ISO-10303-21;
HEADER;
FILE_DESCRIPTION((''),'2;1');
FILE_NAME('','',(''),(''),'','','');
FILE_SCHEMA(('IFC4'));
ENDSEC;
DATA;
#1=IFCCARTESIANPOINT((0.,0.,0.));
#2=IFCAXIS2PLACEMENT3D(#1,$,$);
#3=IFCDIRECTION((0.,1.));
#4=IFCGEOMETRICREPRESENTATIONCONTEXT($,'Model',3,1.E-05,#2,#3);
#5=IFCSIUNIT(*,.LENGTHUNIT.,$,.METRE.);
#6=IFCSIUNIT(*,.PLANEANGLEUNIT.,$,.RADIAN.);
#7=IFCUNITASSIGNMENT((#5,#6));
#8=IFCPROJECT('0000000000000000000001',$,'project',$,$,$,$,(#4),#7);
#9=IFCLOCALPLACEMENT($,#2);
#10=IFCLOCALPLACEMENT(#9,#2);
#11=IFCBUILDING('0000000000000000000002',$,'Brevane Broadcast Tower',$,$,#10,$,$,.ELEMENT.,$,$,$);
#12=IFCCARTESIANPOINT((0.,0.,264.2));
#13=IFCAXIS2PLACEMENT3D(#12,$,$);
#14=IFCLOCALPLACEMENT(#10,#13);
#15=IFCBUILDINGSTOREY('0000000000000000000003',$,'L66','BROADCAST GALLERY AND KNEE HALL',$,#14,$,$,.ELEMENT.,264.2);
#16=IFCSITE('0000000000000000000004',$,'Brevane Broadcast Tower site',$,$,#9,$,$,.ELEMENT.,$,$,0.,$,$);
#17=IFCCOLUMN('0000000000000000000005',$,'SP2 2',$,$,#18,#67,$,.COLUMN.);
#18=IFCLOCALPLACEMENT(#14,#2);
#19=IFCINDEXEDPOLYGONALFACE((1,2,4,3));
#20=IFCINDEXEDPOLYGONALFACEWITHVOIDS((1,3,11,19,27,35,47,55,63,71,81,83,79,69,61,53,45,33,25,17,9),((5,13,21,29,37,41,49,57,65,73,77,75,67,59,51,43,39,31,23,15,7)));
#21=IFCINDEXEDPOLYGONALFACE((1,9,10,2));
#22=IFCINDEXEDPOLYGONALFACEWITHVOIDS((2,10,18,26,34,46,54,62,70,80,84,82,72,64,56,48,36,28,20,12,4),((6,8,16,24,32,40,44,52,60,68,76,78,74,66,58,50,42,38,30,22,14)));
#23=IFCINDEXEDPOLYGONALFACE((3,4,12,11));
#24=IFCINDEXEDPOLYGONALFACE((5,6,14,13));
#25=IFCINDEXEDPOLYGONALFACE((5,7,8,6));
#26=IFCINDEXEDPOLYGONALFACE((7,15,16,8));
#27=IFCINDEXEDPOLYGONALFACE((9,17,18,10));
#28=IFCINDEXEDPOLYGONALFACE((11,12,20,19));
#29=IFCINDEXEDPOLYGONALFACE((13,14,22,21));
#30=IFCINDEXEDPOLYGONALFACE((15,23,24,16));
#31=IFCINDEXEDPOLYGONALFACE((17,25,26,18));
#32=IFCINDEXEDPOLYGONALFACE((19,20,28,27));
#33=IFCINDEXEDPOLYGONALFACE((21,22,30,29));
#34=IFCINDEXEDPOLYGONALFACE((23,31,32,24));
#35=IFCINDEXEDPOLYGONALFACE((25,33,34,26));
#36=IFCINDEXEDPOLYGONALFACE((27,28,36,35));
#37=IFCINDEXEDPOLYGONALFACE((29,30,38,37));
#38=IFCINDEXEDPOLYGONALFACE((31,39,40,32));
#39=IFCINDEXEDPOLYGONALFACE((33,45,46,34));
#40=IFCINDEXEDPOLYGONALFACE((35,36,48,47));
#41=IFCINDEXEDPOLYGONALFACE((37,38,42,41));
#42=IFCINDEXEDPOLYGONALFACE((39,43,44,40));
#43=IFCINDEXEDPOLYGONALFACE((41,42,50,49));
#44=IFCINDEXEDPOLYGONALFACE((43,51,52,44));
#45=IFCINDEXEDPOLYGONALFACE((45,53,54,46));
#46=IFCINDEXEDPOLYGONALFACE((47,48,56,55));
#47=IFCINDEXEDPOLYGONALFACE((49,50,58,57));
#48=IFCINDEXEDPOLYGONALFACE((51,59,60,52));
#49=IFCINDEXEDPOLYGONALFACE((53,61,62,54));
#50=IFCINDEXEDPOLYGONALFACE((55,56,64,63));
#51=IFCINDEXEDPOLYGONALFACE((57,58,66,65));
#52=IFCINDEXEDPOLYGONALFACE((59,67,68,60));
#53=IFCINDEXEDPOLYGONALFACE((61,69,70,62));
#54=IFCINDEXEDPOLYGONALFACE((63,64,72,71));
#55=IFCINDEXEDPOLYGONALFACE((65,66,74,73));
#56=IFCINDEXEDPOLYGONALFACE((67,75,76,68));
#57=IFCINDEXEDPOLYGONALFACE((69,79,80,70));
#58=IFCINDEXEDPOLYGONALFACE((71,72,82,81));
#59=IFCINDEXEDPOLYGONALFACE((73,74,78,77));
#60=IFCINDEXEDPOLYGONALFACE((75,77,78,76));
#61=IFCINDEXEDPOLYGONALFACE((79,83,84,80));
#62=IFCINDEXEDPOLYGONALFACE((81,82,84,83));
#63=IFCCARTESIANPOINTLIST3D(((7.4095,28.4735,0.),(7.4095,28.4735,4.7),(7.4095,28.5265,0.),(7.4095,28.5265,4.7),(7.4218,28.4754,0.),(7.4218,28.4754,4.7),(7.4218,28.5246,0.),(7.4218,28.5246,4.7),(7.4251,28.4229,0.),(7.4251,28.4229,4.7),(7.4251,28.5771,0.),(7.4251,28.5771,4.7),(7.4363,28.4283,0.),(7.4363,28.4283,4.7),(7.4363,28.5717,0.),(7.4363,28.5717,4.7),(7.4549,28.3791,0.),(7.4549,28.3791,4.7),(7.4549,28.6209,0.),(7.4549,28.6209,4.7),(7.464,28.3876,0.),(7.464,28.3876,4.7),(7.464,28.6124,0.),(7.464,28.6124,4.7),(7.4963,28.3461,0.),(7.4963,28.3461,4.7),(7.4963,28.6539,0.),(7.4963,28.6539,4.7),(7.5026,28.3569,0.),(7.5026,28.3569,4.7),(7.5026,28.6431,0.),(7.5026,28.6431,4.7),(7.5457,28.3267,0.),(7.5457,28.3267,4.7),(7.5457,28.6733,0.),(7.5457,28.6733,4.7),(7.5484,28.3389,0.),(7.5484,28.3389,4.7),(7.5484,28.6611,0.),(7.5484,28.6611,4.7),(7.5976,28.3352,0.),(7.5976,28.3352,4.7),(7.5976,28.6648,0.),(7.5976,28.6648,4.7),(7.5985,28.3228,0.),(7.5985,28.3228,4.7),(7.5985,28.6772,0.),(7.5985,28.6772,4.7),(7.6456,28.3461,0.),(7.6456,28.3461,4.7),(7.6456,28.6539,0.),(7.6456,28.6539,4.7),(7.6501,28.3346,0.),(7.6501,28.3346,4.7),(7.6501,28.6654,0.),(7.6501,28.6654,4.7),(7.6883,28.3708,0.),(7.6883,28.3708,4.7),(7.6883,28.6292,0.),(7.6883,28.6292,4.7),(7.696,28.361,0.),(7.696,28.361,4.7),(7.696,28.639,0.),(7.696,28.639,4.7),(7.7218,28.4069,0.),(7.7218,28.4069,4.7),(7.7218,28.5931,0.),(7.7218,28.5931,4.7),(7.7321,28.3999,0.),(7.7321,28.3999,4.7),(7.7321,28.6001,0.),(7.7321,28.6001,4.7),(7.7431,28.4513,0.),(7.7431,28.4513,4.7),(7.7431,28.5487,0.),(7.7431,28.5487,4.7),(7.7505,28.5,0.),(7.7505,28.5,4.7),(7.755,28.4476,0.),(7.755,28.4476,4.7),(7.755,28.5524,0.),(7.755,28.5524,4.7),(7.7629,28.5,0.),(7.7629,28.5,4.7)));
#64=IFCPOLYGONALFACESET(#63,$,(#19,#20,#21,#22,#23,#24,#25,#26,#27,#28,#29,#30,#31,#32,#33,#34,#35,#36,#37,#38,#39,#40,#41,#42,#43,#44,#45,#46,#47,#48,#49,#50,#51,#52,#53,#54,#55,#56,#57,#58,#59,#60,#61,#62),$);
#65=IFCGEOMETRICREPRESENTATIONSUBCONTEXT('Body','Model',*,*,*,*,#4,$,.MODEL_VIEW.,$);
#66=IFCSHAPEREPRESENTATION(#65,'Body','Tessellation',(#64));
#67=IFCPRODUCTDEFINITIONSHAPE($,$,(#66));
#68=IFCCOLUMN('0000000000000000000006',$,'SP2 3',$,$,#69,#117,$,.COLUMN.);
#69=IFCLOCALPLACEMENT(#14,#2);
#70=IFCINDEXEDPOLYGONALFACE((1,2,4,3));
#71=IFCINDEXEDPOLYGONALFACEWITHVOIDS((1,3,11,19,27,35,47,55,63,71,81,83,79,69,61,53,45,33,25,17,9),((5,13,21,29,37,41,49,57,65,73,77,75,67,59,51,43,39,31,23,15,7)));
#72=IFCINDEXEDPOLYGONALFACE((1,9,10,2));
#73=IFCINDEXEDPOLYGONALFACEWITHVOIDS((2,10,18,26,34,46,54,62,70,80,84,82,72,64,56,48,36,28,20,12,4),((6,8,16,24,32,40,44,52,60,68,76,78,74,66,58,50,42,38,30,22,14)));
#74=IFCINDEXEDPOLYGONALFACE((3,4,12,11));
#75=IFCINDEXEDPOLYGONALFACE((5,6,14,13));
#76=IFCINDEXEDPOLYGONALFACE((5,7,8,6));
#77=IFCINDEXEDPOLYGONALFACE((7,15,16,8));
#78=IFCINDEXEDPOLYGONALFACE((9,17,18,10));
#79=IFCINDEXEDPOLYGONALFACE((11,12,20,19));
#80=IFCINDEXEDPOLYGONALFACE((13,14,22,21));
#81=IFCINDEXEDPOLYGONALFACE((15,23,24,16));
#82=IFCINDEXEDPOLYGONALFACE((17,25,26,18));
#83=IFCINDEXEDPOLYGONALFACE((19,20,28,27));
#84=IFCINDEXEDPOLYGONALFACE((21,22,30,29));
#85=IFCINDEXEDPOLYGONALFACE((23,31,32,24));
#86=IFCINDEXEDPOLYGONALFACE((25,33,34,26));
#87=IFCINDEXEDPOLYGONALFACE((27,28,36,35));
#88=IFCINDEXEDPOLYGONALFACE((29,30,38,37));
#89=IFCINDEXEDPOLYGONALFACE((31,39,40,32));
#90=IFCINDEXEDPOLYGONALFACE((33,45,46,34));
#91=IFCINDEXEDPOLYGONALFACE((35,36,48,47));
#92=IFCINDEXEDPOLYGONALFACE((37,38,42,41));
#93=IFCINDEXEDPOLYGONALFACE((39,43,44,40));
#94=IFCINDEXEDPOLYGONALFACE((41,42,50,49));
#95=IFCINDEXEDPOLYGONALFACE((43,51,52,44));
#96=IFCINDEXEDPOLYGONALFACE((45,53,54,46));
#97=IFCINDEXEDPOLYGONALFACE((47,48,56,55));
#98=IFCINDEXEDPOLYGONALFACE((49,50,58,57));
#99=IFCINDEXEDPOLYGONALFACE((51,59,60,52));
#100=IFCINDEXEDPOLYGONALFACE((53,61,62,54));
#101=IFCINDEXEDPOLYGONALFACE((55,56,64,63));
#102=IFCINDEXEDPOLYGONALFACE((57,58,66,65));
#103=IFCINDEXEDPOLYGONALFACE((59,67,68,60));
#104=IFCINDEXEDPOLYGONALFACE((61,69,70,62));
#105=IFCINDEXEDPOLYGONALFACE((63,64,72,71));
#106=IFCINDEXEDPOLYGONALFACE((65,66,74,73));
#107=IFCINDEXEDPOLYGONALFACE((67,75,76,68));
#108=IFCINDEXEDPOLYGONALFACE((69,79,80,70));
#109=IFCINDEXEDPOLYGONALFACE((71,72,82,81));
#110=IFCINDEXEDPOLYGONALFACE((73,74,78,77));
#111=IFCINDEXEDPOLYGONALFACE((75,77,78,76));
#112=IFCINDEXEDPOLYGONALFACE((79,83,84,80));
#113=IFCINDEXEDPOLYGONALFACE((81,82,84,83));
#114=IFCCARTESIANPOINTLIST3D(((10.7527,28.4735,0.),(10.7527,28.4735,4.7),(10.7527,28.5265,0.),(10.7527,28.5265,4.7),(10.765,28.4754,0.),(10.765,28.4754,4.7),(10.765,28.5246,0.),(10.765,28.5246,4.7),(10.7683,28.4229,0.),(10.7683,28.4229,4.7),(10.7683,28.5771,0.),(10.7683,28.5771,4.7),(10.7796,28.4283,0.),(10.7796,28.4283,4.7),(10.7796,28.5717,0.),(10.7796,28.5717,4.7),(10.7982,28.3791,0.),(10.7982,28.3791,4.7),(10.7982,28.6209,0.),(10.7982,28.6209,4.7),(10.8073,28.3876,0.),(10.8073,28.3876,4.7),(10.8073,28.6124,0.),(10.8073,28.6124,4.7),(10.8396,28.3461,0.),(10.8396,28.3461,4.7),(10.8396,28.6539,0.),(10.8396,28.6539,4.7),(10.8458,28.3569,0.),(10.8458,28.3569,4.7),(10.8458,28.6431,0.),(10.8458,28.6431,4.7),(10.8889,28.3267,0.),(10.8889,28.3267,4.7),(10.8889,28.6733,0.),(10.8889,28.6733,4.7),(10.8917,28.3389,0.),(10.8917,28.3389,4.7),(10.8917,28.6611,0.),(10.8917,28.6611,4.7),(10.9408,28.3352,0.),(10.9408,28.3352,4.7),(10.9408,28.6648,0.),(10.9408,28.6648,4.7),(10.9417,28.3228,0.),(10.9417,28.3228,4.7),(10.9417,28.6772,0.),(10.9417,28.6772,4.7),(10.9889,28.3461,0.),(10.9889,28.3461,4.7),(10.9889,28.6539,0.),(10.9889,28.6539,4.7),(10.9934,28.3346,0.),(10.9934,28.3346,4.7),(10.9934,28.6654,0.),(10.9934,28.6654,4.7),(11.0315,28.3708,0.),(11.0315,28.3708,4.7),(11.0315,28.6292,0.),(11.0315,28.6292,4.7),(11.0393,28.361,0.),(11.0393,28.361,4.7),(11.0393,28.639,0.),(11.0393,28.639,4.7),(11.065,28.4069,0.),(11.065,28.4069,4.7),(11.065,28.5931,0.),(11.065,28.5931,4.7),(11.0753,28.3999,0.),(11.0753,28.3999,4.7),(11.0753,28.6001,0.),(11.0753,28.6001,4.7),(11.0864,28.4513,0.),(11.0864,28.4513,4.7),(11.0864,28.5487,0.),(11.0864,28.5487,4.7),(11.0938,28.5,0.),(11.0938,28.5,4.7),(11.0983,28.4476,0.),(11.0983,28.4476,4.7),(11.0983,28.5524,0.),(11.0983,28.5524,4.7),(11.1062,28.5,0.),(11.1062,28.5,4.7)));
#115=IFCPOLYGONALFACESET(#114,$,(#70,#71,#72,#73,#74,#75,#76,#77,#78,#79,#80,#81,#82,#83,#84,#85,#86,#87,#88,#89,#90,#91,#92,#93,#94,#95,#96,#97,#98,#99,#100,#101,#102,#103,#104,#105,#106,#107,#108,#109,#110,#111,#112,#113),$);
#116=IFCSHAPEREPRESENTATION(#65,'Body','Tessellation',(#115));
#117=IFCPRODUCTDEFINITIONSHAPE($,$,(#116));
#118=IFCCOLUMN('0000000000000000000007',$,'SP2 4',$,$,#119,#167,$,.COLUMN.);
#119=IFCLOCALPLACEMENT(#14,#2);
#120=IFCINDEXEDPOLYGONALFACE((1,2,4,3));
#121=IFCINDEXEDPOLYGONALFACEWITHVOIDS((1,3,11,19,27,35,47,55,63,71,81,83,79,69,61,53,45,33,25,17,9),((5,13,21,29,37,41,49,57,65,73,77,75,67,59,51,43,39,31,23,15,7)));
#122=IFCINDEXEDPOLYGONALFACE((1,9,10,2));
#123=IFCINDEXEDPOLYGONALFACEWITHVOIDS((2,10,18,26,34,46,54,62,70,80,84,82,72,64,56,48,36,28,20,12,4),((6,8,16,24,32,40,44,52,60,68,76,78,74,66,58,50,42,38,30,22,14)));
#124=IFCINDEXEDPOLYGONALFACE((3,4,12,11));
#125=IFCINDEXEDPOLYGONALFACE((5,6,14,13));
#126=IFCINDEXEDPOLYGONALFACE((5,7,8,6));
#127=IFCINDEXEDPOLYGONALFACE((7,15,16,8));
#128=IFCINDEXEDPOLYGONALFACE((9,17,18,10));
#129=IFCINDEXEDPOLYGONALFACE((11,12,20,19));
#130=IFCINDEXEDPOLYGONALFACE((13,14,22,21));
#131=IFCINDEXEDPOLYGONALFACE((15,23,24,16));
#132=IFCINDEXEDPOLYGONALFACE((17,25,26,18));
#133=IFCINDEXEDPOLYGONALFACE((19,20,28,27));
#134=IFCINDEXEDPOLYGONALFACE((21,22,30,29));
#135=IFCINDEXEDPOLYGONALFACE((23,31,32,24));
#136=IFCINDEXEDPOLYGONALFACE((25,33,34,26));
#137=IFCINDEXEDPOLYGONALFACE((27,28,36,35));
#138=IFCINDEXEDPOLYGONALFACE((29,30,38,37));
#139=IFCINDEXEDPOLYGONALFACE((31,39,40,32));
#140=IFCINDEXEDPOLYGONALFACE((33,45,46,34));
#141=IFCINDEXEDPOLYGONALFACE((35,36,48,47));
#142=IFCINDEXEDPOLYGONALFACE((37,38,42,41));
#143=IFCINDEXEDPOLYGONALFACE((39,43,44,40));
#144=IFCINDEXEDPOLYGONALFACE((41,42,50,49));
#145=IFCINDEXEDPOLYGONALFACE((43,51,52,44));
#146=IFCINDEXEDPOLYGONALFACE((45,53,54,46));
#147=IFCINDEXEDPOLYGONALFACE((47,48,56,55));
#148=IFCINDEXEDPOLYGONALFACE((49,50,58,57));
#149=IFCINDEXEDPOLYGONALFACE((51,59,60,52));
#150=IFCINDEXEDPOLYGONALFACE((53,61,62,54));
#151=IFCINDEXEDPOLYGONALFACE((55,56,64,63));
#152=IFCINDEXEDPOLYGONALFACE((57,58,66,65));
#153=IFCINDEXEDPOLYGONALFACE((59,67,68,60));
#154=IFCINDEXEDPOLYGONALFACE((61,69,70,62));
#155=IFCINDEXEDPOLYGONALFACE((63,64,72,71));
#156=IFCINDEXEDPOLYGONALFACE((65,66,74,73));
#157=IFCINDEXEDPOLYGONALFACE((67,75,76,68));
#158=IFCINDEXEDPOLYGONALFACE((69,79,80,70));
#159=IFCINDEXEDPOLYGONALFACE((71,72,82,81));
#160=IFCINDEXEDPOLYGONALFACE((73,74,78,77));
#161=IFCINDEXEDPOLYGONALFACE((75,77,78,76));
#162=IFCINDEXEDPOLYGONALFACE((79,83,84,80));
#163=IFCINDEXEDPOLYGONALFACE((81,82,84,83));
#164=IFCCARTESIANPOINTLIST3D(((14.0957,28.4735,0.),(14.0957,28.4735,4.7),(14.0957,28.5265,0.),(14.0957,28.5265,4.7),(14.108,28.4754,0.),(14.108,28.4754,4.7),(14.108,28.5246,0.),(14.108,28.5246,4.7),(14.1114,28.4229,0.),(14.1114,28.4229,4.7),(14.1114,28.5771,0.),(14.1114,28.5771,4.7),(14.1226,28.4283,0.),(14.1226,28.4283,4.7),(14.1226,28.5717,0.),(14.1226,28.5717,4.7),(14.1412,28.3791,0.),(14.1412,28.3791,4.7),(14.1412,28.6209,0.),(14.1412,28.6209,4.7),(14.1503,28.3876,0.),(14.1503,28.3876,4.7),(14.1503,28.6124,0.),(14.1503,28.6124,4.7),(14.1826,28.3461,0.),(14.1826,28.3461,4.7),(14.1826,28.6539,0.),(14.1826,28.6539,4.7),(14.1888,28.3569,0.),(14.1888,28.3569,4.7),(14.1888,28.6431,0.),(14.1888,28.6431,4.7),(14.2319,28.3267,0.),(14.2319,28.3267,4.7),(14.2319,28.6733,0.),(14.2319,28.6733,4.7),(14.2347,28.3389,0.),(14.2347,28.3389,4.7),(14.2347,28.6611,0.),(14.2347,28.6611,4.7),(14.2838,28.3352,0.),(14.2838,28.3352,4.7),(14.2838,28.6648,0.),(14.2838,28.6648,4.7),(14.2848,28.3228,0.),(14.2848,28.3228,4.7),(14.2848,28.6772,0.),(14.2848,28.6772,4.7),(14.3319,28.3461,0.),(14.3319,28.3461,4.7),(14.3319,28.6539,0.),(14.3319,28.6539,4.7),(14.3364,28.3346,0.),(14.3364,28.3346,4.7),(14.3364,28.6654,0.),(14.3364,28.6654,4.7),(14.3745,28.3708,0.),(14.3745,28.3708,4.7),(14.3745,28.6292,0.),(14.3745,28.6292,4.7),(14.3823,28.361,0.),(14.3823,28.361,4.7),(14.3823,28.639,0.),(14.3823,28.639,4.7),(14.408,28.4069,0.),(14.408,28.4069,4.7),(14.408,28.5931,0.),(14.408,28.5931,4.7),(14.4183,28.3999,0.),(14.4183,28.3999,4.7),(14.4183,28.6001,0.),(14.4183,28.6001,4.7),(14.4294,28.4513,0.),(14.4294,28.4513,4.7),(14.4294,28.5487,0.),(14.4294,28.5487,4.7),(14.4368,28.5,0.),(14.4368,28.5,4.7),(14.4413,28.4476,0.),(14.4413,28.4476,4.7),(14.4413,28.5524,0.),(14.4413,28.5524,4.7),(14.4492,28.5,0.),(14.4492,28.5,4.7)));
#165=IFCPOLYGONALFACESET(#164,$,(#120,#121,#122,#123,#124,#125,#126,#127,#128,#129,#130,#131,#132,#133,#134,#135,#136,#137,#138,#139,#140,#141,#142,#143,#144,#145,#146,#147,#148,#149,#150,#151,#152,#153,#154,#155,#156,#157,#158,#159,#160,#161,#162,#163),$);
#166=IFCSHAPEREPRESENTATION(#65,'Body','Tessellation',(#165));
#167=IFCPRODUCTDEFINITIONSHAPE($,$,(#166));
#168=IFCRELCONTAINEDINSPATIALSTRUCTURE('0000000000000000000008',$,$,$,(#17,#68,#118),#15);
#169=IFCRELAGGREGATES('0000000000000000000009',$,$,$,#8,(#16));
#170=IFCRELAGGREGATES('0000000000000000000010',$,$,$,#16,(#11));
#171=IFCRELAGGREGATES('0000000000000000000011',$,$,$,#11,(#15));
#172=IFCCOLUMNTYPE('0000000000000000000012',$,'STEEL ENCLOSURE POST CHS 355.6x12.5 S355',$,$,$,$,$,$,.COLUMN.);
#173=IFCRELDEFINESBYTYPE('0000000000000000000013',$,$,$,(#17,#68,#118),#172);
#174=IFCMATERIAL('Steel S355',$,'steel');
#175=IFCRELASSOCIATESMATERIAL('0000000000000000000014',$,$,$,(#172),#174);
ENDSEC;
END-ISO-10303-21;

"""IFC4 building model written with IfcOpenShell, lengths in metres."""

from ifc_helpers import new_model, si_unit, direction, frame, origin, origin_2d, place, context, subcontext, project, spatial, hollow_circle, extrude, material, material_profile, profile_set, type_object, element, save


model = new_model("IFC4")

# Units and contexts
model_context = context("Model", 3, precision=1e-05, world=origin(), true_north=direction((0.0, 1.0)))
body_context = subcontext(model_context, "Body", "Model", "MODEL_VIEW")
ifc_project = project(units=[si_unit("LENGTHUNIT", "METRE"), si_unit("PLANEANGLEUNIT", "RADIAN")], contexts=[model_context])

# Site, building, storey
site_placement = place(None, origin())
site = spatial("IfcSite", under=ifc_project, at=site_placement, Name="Brevane Broadcast Tower site", CompositionType="ELEMENT", RefElevation=0.0)
building_placement = place(site_placement, origin())
building = spatial("IfcBuilding", under=site, at=building_placement, Name="Brevane Broadcast Tower", CompositionType="ELEMENT")
storey_placement = place(building_placement, frame((0.0, 0.0, 264.2)))
storey = spatial("IfcBuildingStorey", under=building, at=storey_placement, Name="L66", Description="BROADCAST GALLERY AND KNEE HALL", CompositionType="ELEMENT", Elevation=264.2)

# Columns
ifc_material_1 = material(Name="Steel S355", Category="steel")
ifc_material_profile_1 = material_profile(ifc_material_1, hollow_circle(Radius=0.1777, WallThickness=0.0125, at=origin_2d()), Name="CHS 355.6x12.5")
ifc_profile_set_1 = profile_set([ifc_material_profile_1], Name="Steel S355")
column_type = type_object("IfcColumnType", Name="STEEL ENCLOSURE POST CHS 355.6x12.5 S355", PredefinedType="COLUMN", material=ifc_profile_set_1)
for number, where, z_axis, x_axis, name in (
    (1, (7.5852, 28.5, 0.0), (0.0, 0.0, 1.0), (1.0, 0.0, 0.0), "SP2 2"),
    (2, (10.9285, 28.5, 0.0), (0.0, 0.0, 1.0), (1.0, 0.0, 0.0), "SP2 3"),
    (3, (14.2715, 28.5, 0.0), (0.0, 0.0, 1.0), (1.0, 0.0, 0.0), "SP2 4"),
):
    element("IfcColumn", number, at=place(storey_placement, frame(where, z_axis=z_axis, x_axis=x_axis)), inside=storey, type_object=column_type, Name=name, PredefinedType="COLUMN", context=body_context, shape_type="SweptSolid", body=[
        extrude(hollow_circle(Radius=0.1777, WallThickness=0.0125, at=origin_2d()), origin(), (0.0, 0.0, 1.0), 4.7),
    ])

save(model, "model.ifc")
